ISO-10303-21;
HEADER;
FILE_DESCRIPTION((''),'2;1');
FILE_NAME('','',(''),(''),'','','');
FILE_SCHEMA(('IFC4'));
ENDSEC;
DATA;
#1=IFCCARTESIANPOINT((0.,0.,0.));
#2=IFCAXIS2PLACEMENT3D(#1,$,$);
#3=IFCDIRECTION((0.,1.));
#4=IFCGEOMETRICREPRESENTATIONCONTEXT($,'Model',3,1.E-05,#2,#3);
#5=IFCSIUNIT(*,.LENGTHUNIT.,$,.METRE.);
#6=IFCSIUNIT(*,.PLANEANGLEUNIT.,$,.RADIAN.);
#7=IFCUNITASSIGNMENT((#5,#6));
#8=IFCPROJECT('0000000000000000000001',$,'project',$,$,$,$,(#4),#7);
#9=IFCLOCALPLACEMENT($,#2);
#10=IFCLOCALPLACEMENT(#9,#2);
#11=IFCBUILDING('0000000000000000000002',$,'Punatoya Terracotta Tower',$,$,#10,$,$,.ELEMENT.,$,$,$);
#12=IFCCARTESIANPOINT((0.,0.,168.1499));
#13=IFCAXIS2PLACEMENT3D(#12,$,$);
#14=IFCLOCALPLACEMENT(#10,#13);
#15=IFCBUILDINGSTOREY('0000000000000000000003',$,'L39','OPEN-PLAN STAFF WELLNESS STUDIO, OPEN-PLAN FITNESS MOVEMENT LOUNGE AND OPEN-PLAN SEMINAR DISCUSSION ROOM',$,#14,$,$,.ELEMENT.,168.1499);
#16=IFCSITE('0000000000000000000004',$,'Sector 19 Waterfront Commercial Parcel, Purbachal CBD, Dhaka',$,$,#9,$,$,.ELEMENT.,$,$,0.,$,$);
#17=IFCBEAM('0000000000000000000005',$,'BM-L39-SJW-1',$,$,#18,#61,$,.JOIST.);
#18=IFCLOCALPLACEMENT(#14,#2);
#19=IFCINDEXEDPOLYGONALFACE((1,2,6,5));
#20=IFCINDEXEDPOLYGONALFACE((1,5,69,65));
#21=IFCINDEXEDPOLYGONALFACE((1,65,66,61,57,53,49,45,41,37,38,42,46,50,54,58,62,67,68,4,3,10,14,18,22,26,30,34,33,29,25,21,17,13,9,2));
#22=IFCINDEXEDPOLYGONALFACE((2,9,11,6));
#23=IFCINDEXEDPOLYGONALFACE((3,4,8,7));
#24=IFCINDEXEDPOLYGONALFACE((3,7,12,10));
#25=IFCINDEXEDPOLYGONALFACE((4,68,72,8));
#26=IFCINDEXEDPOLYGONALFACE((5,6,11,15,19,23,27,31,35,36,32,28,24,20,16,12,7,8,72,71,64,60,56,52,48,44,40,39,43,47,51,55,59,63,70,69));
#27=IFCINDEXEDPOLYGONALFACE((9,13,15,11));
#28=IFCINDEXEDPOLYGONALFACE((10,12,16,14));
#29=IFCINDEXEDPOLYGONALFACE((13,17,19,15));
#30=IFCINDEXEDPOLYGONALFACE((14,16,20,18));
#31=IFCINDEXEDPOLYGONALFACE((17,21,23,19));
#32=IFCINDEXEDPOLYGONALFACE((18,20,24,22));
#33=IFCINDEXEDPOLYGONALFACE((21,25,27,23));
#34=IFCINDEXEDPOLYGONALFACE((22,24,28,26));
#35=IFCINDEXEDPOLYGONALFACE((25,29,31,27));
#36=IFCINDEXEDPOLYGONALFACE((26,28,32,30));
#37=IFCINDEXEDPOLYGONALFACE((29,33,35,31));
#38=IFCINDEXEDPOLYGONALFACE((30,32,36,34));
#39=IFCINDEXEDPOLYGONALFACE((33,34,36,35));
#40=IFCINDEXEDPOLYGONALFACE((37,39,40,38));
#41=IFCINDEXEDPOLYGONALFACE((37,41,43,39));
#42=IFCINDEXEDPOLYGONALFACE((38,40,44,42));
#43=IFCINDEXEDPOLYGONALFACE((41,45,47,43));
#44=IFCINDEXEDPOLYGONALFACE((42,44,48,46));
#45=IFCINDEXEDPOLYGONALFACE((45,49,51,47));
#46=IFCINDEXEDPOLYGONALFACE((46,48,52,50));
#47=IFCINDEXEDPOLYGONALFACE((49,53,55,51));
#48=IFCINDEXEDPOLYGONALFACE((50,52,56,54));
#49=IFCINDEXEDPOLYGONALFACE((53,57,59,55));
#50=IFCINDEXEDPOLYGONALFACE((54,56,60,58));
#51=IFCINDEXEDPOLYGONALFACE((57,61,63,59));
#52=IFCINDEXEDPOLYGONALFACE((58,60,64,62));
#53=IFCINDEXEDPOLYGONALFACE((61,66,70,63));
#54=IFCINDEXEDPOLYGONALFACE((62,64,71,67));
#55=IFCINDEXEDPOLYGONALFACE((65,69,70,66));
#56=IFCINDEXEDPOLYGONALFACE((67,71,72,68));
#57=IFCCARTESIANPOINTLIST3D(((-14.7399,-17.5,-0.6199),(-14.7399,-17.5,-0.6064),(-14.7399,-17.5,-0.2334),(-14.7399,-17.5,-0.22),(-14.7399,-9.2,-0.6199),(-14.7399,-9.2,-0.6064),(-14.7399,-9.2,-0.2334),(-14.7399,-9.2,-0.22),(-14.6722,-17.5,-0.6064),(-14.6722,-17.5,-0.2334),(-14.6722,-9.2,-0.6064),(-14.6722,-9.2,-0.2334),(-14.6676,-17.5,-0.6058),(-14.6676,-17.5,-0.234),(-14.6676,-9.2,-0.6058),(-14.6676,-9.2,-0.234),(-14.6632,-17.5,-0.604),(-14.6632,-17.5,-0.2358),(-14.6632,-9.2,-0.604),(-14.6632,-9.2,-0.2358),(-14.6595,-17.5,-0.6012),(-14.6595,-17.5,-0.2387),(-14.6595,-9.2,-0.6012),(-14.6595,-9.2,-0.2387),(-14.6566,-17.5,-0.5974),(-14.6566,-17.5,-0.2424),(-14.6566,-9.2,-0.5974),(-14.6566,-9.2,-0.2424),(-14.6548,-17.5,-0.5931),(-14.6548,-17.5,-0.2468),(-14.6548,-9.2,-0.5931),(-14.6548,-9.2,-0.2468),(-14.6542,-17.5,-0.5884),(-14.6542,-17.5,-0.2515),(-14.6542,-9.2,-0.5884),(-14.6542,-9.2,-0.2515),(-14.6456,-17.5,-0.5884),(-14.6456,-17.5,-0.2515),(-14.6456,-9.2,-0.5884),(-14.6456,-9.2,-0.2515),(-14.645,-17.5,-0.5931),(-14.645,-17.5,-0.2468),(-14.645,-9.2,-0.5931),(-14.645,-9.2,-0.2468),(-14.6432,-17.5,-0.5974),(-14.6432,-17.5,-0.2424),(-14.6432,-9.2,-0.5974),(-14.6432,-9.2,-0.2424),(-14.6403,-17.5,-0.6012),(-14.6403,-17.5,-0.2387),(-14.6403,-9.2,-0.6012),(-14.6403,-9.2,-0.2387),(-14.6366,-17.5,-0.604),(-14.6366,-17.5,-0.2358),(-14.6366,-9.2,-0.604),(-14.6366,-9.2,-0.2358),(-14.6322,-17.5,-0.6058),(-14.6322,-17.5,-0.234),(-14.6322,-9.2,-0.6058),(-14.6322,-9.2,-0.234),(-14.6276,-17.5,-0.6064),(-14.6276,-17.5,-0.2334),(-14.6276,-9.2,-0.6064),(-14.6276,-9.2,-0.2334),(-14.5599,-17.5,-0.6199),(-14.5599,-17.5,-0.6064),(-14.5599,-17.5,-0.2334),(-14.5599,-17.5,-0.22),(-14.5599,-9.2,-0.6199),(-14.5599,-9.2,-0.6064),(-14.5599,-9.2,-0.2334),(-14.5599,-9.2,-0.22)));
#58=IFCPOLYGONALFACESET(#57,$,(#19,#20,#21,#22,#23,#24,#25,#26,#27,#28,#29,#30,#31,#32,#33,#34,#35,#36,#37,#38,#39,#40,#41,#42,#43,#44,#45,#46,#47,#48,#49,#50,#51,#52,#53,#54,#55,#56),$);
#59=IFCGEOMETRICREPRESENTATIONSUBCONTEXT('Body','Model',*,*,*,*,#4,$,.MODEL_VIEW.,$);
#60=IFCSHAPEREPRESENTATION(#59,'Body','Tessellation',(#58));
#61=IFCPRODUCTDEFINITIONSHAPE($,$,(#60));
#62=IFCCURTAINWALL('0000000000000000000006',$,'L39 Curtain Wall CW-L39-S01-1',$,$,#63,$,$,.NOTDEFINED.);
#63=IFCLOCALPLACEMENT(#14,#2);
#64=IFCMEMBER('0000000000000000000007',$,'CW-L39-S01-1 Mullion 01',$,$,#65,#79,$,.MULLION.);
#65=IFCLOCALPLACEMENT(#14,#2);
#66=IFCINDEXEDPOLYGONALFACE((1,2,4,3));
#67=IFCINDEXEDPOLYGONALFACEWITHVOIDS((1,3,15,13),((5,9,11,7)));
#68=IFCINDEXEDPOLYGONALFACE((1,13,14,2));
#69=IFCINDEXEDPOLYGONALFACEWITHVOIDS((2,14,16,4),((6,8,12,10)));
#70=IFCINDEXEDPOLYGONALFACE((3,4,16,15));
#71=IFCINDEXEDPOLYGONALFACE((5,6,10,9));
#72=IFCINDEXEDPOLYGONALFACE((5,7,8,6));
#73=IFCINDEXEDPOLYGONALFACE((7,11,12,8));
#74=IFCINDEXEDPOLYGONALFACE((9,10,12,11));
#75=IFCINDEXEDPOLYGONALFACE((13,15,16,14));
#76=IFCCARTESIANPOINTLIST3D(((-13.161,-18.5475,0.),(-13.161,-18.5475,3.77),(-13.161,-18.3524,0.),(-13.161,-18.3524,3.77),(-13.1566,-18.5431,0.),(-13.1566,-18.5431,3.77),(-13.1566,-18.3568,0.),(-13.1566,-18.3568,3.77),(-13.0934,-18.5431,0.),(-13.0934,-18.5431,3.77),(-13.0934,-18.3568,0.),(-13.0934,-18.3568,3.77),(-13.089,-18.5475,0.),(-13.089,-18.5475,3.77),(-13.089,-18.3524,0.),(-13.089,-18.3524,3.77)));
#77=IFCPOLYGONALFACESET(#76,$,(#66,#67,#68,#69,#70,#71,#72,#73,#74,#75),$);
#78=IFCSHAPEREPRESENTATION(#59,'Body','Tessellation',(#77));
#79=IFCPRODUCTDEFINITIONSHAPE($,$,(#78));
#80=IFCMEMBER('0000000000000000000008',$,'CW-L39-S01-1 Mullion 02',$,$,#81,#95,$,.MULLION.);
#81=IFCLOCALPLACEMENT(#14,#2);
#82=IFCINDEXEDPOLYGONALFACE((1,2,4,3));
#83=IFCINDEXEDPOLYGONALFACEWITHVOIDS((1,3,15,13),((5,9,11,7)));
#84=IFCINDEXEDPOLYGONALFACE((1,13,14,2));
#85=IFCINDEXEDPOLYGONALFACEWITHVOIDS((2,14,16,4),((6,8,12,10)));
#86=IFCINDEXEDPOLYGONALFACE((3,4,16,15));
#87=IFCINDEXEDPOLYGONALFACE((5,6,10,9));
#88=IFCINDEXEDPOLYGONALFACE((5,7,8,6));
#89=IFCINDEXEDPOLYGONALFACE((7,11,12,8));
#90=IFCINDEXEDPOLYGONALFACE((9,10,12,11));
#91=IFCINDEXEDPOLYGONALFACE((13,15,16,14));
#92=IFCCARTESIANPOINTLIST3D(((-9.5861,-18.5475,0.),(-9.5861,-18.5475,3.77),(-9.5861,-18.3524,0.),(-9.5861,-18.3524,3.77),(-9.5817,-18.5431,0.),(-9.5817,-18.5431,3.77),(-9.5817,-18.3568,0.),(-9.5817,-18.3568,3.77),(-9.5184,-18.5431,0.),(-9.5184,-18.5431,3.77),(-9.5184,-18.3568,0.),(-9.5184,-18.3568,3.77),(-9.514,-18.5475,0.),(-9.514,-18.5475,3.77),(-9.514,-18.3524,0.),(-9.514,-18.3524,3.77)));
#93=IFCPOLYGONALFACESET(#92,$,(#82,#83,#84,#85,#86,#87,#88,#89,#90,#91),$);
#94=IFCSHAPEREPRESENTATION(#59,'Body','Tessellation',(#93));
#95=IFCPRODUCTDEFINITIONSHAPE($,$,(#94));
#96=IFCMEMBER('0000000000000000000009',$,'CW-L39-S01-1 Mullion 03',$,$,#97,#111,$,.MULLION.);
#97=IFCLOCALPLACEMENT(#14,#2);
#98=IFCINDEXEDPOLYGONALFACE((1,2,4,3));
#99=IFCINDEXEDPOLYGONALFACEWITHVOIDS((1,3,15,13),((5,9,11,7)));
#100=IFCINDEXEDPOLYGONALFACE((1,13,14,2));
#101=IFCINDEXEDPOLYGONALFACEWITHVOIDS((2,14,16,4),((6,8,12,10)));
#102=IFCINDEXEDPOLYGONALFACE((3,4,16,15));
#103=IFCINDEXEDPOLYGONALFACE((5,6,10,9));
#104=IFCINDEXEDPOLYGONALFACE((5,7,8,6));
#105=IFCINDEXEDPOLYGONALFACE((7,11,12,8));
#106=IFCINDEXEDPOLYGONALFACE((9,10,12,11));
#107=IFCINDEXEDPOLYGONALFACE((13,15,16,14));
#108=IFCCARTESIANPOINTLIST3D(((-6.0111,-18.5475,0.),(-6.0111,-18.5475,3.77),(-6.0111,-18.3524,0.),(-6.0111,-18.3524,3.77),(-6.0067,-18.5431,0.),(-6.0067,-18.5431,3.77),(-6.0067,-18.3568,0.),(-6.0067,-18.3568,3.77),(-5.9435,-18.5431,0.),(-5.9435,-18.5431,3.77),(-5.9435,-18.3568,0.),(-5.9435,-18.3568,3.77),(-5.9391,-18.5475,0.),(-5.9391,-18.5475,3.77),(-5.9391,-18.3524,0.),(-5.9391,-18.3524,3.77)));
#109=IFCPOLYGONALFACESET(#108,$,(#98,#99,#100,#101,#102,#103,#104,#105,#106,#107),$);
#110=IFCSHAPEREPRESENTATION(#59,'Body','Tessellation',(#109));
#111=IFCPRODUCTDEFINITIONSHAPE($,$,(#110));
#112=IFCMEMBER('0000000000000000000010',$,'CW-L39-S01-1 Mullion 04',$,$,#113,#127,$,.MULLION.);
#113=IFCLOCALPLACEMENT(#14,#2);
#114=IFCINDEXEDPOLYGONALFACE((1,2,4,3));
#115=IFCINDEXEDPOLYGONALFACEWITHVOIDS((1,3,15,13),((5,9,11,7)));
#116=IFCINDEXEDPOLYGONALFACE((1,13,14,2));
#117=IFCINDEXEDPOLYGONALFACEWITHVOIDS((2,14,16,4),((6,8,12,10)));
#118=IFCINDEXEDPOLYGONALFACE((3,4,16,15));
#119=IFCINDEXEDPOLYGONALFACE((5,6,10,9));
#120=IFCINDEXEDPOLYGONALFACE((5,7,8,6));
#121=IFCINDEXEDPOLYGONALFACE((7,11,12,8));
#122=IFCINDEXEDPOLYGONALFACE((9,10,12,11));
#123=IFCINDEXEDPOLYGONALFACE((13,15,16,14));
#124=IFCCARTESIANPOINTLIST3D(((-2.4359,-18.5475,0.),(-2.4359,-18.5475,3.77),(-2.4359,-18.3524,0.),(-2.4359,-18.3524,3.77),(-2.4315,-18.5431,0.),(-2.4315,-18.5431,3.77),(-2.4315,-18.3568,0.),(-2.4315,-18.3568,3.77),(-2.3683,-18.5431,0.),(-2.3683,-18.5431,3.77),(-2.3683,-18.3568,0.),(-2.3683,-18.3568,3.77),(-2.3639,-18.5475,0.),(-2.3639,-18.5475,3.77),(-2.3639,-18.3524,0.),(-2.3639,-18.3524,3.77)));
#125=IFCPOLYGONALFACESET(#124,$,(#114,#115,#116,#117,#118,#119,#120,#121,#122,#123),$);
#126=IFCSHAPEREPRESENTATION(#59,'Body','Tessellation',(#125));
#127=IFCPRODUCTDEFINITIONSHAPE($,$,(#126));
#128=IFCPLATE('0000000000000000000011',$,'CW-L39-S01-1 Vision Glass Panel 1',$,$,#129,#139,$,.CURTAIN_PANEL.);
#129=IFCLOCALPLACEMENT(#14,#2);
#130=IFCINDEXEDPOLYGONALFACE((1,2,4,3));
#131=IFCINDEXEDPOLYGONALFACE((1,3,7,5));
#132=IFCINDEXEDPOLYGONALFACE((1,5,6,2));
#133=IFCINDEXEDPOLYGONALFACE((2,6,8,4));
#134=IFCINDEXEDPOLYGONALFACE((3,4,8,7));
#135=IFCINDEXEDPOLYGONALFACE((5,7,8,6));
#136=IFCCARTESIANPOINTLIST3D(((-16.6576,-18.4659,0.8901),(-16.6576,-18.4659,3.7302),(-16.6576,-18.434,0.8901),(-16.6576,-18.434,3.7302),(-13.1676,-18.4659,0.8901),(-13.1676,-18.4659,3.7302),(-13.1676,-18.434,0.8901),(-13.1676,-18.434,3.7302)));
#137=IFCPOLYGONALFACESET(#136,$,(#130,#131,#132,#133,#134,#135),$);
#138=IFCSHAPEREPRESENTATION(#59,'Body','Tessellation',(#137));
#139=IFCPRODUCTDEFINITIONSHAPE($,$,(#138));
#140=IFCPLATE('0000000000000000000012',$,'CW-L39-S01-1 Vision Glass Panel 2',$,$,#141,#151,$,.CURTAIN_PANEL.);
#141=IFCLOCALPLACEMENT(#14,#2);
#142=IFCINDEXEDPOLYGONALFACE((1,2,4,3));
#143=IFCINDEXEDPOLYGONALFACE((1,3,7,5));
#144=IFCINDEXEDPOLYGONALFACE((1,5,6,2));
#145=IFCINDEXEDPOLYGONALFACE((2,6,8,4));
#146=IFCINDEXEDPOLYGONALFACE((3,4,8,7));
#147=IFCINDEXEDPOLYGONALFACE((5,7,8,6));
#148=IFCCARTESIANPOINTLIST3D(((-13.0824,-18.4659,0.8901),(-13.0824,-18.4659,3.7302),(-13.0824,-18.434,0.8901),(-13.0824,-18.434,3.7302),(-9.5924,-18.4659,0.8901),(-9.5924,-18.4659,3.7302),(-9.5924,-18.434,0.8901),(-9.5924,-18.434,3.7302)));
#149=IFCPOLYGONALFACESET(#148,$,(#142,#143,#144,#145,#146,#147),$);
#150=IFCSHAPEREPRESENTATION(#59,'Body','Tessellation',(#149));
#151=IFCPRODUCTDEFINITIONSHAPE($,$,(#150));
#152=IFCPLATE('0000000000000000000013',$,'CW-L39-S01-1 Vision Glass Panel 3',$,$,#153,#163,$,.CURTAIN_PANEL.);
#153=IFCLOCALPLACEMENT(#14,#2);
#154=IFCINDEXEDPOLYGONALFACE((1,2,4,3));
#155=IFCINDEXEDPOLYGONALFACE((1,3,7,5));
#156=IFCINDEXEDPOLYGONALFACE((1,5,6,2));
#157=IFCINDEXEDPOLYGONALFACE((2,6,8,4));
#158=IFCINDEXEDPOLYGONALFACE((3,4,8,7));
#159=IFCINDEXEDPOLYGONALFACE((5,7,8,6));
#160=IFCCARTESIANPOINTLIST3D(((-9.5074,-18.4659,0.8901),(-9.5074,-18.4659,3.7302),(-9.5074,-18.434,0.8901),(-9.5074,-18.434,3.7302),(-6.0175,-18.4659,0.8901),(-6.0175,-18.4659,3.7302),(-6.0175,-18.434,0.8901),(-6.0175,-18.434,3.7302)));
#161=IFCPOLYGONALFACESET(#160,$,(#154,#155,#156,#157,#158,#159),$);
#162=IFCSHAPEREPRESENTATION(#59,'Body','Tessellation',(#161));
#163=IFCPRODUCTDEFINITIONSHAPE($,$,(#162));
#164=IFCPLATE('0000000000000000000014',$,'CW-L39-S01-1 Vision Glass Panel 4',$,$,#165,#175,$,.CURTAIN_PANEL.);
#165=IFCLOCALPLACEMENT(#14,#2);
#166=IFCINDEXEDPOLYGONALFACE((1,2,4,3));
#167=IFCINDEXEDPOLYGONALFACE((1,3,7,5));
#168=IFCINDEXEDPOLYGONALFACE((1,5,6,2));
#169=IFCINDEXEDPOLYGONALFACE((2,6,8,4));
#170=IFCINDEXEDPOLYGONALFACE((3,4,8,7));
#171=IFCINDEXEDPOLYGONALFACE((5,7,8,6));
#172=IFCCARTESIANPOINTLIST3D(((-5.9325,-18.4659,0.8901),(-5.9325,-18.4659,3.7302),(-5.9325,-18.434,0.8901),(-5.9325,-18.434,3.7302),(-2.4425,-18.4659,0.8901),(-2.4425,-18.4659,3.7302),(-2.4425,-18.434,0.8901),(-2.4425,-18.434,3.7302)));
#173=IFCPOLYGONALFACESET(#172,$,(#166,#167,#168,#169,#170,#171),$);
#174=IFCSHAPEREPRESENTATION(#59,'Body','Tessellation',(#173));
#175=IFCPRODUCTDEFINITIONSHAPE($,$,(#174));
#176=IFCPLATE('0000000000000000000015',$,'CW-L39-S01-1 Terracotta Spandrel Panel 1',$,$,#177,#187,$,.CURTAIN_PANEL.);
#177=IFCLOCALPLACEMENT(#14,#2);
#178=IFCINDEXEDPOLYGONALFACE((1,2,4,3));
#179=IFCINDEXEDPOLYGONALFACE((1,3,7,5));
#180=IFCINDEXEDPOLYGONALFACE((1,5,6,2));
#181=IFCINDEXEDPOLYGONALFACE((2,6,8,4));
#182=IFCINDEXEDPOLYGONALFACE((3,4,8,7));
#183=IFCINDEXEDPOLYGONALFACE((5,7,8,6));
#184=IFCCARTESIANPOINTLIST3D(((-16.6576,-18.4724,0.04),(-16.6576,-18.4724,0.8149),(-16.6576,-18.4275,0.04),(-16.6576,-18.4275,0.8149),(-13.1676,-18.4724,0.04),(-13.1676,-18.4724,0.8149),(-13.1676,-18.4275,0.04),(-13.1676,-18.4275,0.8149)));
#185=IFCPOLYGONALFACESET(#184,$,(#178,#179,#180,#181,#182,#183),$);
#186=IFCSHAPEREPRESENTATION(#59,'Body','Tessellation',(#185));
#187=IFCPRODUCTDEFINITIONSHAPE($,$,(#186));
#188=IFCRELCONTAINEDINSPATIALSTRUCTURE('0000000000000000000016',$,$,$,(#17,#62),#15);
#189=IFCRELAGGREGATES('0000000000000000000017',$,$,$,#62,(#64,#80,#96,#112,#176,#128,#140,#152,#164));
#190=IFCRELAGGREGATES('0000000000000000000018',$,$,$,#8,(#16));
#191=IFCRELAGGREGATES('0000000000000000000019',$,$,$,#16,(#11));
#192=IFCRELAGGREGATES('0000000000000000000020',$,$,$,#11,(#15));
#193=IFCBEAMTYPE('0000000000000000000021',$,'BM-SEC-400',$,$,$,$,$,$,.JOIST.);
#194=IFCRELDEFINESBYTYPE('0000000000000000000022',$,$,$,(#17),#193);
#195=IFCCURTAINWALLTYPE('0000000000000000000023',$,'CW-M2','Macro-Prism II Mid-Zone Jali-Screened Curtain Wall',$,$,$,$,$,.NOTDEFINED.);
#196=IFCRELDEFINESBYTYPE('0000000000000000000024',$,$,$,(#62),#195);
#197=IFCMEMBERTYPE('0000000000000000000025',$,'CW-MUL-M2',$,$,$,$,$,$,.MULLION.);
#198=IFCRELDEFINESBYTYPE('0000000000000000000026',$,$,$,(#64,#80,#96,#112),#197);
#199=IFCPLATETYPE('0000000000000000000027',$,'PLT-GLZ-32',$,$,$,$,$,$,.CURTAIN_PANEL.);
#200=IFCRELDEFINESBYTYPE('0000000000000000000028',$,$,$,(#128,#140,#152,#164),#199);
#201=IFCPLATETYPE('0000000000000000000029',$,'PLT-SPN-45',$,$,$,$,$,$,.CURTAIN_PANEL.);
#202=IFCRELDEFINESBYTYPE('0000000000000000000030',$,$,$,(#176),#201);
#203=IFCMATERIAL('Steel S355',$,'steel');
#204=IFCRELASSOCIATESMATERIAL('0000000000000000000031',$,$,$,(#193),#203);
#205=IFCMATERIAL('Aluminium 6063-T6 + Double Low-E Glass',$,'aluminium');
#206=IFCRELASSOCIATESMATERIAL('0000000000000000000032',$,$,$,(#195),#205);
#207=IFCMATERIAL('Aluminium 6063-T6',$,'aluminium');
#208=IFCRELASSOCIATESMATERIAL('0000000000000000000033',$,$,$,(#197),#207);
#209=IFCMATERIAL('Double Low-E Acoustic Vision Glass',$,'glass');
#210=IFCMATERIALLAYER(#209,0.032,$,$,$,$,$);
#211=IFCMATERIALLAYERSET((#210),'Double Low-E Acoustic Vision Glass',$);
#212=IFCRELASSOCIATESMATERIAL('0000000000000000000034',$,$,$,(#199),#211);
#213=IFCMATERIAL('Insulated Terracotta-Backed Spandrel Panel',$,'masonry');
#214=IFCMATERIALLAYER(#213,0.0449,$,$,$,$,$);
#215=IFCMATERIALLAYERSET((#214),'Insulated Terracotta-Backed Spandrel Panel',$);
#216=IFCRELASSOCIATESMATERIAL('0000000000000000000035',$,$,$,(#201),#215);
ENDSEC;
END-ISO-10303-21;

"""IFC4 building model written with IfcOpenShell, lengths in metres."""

from ifc_helpers import new_model, si_unit, direction, frame, origin, origin_2d, place, context, subcontext, project, spatial, rectangle, hollow_rectangle, i_section, extrude, material, layer, layer_set, material_profile, profile_set, type_object, element, aggregate, save


model = new_model("IFC4")

# Units and contexts
model_context = context("Model", 3, precision=1e-05, world=origin(), true_north=direction((0.0, 1.0)))
body_context = subcontext(model_context, "Body", "Model", "MODEL_VIEW")
ifc_project = project(units=[si_unit("LENGTHUNIT", "METRE"), si_unit("PLANEANGLEUNIT", "RADIAN")], contexts=[model_context])

# Site, building, storey
site_placement = place(None, origin())
site = spatial("IfcSite", under=ifc_project, at=site_placement, Name="Sector 19 Waterfront Commercial Parcel, Purbachal CBD, Dhaka", CompositionType="ELEMENT", RefElevation=0.0)
building_placement = place(site_placement, origin())
building = spatial("IfcBuilding", under=site, at=building_placement, Name="Punatoya Terracotta Tower", CompositionType="ELEMENT")
storey_placement = place(building_placement, frame((0.0, 0.0, 168.1499)))
storey = spatial("IfcBuildingStorey", under=building, at=storey_placement, Name="L39", Description="OPEN-PLAN STAFF WELLNESS STUDIO, OPEN-PLAN FITNESS MOVEMENT LOUNGE AND OPEN-PLAN SEMINAR DISCUSSION ROOM", CompositionType="ELEMENT", Elevation=168.1499)

# Beam
ifc_material_1 = material(Name="Steel S355", Category="steel")
ifc_material_profile_1 = material_profile(ifc_material_1, i_section(OverallWidth=0.1799, OverallDepth=0.3999, WebThickness=0.0085, FlangeThickness=0.0134, FilletRadius=0.0181, at=origin_2d()))
ifc_profile_set_1 = profile_set([ifc_material_profile_1], Name="Steel S355")
beam_type_1 = type_object("IfcBeamType", Name="BM-SEC-400", PredefinedType="JOIST", material=ifc_profile_set_1)
beam_1_placement = place(storey_placement, frame((-14.6499, -17.5, -0.4199), z_axis=(0.0, 1.0, 0.0), x_axis=(-1.0, 0.0, 0.0)))
element("IfcBeam", 1, at=beam_1_placement, inside=storey, type_object=beam_type_1, Name="BM-L39-SJW-1", PredefinedType="JOIST", context=body_context, shape_type="SweptSolid", body=[
    extrude(i_section(OverallWidth=0.1799, OverallDepth=0.3999, WebThickness=0.0085, FlangeThickness=0.0134, FilletRadius=0.0181, at=origin_2d()), origin(), (0.0, 0.0, 1.0), 8.3),
])

# Curtain wall, members, plates
ifc_material_2 = material(Name="Aluminium 6063-T6 + Double Low-E Glass", Category="aluminium")
curtain_wall_type = type_object("IfcCurtainWallType", Name="CW-M2", Description="Macro-Prism II Mid-Zone Jali-Screened Curtain Wall", PredefinedType="NOTDEFINED", material=ifc_material_2)
curtain_wall_placement = place(storey_placement, origin())
curtain_wall = element("IfcCurtainWall", 2, at=curtain_wall_placement, inside=storey, type_object=curtain_wall_type, Name="L39 Curtain Wall CW-L39-S01-1", PredefinedType="NOTDEFINED")
ifc_material_3 = material(Name="Aluminium 6063-T6", Category="aluminium")
ifc_material_profile_2 = material_profile(ifc_material_3, hollow_rectangle(XDim=0.072, YDim=0.1951, WallThickness=0.0044, at=origin_2d()))
ifc_profile_set_2 = profile_set([ifc_material_profile_2], Name="Aluminium 6063-T6")
member_type = type_object("IfcMemberType", Name="CW-MUL-M2", PredefinedType="MULLION", material=ifc_profile_set_2)
member_1_placement = place(storey_placement, frame((-13.125, -18.45, 0.0), z_axis=(0.0, 0.0, 1.0), x_axis=(1.0, 0.0, 0.0)))
member_1 = element("IfcMember", 3, at=member_1_placement, type_object=member_type, Name="CW-L39-S01-1 Mullion 01", PredefinedType="MULLION", context=body_context, shape_type="SweptSolid", body=[
    extrude(hollow_rectangle(XDim=0.072, YDim=0.1951, WallThickness=0.0044, at=origin_2d()), origin(), (0.0, 0.0, 1.0), 3.77),
])
member_2_placement = place(storey_placement, frame((-9.55, -18.45, 0.0), z_axis=(0.0, 0.0, 1.0), x_axis=(1.0, 0.0, 0.0)))
member_2 = element("IfcMember", 4, at=member_2_placement, type_object=member_type, Name="CW-L39-S01-1 Mullion 02", PredefinedType="MULLION", context=body_context, shape_type="SweptSolid", body=[
    extrude(hollow_rectangle(XDim=0.072, YDim=0.1951, WallThickness=0.0044, at=origin_2d()), origin(), (0.0, 0.0, 1.0), 3.77),
])
member_3_placement = place(storey_placement, frame((-5.9751, -18.45, 0.0), z_axis=(0.0, 0.0, 1.0), x_axis=(1.0, 0.0, 0.0)))
member_3 = element("IfcMember", 5, at=member_3_placement, type_object=member_type, Name="CW-L39-S01-1 Mullion 03", PredefinedType="MULLION", context=body_context, shape_type="SweptSolid", body=[
    extrude(hollow_rectangle(XDim=0.072, YDim=0.1951, WallThickness=0.0044, at=origin_2d()), origin(), (0.0, 0.0, 1.0), 3.77),
])
member_4_placement = place(storey_placement, frame((-2.3999, -18.45, 0.0), z_axis=(0.0, 0.0, 1.0), x_axis=(1.0, 0.0, 0.0)))
member_4 = element("IfcMember", 6, at=member_4_placement, type_object=member_type, Name="CW-L39-S01-1 Mullion 04", PredefinedType="MULLION", context=body_context, shape_type="SweptSolid", body=[
    extrude(hollow_rectangle(XDim=0.072, YDim=0.1951, WallThickness=0.0044, at=origin_2d()), origin(), (0.0, 0.0, 1.0), 3.77),
])
ifc_material_4 = material(Name="Double Low-E Acoustic Vision Glass", Category="glass")
ifc_layer_1 = layer(ifc_material_4, 0.032)
ifc_layer_set_1 = layer_set([ifc_layer_1], Name="Double Low-E Acoustic Vision Glass")
plate_type_1 = type_object("IfcPlateType", Name="PLT-GLZ-32", PredefinedType="CURTAIN_PANEL", material=ifc_layer_set_1)
plate_1_placement = place(storey_placement, frame((-14.9126, -18.45, 0.8901), z_axis=(0.0, 0.0, 1.0), x_axis=(1.0, 0.0, 0.0)))
plate_1 = element("IfcPlate", 7, at=plate_1_placement, type_object=plate_type_1, Name="CW-L39-S01-1 Vision Glass Panel 1", PredefinedType="CURTAIN_PANEL", context=body_context, shape_type="SweptSolid", body=[
    extrude(rectangle(XDim=3.49, YDim=0.032, at=origin_2d()), origin(), (0.0, 0.0, 1.0), 2.8401),
])
plate_2_placement = place(storey_placement, frame((-11.3374, -18.45, 0.8901), z_axis=(0.0, 0.0, 1.0), x_axis=(1.0, 0.0, 0.0)))
plate_2 = element("IfcPlate", 8, at=plate_2_placement, type_object=plate_type_1, Name="CW-L39-S01-1 Vision Glass Panel 2", PredefinedType="CURTAIN_PANEL", context=body_context, shape_type="SweptSolid", body=[
    extrude(rectangle(XDim=3.49, YDim=0.032, at=origin_2d()), origin(), (0.0, 0.0, 1.0), 2.8401),
])
plate_3_placement = place(storey_placement, frame((-7.7625, -18.45, 0.8901), z_axis=(0.0, 0.0, 1.0), x_axis=(1.0, 0.0, 0.0)))
plate_3 = element("IfcPlate", 9, at=plate_3_placement, type_object=plate_type_1, Name="CW-L39-S01-1 Vision Glass Panel 3", PredefinedType="CURTAIN_PANEL", context=body_context, shape_type="SweptSolid", body=[
    extrude(rectangle(XDim=3.49, YDim=0.032, at=origin_2d()), origin(), (0.0, 0.0, 1.0), 2.8401),
])
plate_4_placement = place(storey_placement, frame((-4.1875, -18.45, 0.8901), z_axis=(0.0, 0.0, 1.0), x_axis=(1.0, 0.0, 0.0)))
plate_4 = element("IfcPlate", 10, at=plate_4_placement, type_object=plate_type_1, Name="CW-L39-S01-1 Vision Glass Panel 4", PredefinedType="CURTAIN_PANEL", context=body_context, shape_type="SweptSolid", body=[
    extrude(rectangle(XDim=3.49, YDim=0.032, at=origin_2d()), origin(), (0.0, 0.0, 1.0), 2.8401),
])
ifc_material_5 = material(Name="Insulated Terracotta-Backed Spandrel Panel", Category="masonry")
ifc_layer_2 = layer(ifc_material_5, 0.0449)
ifc_layer_set_2 = layer_set([ifc_layer_2], Name="Insulated Terracotta-Backed Spandrel Panel")
plate_type_2 = type_object("IfcPlateType", Name="PLT-SPN-45", PredefinedType="CURTAIN_PANEL", material=ifc_layer_set_2)
plate_5_placement = place(storey_placement, frame((-14.9126, -18.45, 0.04), z_axis=(0.0, 0.0, 1.0), x_axis=(1.0, 0.0, 0.0)))
plate_5 = element("IfcPlate", 11, at=plate_5_placement, type_object=plate_type_2, Name="CW-L39-S01-1 Terracotta Spandrel Panel 1", PredefinedType="CURTAIN_PANEL", context=body_context, shape_type="SweptSolid", body=[
    extrude(rectangle(XDim=3.49, YDim=0.0449, at=origin_2d()), origin(), (0.0, 0.0, 1.0), 0.7749),
])
aggregate(curtain_wall, [member_1, member_2, member_3, member_4, plate_5, plate_1, plate_2, plate_3, plate_4])

save(model, "model.ifc")
